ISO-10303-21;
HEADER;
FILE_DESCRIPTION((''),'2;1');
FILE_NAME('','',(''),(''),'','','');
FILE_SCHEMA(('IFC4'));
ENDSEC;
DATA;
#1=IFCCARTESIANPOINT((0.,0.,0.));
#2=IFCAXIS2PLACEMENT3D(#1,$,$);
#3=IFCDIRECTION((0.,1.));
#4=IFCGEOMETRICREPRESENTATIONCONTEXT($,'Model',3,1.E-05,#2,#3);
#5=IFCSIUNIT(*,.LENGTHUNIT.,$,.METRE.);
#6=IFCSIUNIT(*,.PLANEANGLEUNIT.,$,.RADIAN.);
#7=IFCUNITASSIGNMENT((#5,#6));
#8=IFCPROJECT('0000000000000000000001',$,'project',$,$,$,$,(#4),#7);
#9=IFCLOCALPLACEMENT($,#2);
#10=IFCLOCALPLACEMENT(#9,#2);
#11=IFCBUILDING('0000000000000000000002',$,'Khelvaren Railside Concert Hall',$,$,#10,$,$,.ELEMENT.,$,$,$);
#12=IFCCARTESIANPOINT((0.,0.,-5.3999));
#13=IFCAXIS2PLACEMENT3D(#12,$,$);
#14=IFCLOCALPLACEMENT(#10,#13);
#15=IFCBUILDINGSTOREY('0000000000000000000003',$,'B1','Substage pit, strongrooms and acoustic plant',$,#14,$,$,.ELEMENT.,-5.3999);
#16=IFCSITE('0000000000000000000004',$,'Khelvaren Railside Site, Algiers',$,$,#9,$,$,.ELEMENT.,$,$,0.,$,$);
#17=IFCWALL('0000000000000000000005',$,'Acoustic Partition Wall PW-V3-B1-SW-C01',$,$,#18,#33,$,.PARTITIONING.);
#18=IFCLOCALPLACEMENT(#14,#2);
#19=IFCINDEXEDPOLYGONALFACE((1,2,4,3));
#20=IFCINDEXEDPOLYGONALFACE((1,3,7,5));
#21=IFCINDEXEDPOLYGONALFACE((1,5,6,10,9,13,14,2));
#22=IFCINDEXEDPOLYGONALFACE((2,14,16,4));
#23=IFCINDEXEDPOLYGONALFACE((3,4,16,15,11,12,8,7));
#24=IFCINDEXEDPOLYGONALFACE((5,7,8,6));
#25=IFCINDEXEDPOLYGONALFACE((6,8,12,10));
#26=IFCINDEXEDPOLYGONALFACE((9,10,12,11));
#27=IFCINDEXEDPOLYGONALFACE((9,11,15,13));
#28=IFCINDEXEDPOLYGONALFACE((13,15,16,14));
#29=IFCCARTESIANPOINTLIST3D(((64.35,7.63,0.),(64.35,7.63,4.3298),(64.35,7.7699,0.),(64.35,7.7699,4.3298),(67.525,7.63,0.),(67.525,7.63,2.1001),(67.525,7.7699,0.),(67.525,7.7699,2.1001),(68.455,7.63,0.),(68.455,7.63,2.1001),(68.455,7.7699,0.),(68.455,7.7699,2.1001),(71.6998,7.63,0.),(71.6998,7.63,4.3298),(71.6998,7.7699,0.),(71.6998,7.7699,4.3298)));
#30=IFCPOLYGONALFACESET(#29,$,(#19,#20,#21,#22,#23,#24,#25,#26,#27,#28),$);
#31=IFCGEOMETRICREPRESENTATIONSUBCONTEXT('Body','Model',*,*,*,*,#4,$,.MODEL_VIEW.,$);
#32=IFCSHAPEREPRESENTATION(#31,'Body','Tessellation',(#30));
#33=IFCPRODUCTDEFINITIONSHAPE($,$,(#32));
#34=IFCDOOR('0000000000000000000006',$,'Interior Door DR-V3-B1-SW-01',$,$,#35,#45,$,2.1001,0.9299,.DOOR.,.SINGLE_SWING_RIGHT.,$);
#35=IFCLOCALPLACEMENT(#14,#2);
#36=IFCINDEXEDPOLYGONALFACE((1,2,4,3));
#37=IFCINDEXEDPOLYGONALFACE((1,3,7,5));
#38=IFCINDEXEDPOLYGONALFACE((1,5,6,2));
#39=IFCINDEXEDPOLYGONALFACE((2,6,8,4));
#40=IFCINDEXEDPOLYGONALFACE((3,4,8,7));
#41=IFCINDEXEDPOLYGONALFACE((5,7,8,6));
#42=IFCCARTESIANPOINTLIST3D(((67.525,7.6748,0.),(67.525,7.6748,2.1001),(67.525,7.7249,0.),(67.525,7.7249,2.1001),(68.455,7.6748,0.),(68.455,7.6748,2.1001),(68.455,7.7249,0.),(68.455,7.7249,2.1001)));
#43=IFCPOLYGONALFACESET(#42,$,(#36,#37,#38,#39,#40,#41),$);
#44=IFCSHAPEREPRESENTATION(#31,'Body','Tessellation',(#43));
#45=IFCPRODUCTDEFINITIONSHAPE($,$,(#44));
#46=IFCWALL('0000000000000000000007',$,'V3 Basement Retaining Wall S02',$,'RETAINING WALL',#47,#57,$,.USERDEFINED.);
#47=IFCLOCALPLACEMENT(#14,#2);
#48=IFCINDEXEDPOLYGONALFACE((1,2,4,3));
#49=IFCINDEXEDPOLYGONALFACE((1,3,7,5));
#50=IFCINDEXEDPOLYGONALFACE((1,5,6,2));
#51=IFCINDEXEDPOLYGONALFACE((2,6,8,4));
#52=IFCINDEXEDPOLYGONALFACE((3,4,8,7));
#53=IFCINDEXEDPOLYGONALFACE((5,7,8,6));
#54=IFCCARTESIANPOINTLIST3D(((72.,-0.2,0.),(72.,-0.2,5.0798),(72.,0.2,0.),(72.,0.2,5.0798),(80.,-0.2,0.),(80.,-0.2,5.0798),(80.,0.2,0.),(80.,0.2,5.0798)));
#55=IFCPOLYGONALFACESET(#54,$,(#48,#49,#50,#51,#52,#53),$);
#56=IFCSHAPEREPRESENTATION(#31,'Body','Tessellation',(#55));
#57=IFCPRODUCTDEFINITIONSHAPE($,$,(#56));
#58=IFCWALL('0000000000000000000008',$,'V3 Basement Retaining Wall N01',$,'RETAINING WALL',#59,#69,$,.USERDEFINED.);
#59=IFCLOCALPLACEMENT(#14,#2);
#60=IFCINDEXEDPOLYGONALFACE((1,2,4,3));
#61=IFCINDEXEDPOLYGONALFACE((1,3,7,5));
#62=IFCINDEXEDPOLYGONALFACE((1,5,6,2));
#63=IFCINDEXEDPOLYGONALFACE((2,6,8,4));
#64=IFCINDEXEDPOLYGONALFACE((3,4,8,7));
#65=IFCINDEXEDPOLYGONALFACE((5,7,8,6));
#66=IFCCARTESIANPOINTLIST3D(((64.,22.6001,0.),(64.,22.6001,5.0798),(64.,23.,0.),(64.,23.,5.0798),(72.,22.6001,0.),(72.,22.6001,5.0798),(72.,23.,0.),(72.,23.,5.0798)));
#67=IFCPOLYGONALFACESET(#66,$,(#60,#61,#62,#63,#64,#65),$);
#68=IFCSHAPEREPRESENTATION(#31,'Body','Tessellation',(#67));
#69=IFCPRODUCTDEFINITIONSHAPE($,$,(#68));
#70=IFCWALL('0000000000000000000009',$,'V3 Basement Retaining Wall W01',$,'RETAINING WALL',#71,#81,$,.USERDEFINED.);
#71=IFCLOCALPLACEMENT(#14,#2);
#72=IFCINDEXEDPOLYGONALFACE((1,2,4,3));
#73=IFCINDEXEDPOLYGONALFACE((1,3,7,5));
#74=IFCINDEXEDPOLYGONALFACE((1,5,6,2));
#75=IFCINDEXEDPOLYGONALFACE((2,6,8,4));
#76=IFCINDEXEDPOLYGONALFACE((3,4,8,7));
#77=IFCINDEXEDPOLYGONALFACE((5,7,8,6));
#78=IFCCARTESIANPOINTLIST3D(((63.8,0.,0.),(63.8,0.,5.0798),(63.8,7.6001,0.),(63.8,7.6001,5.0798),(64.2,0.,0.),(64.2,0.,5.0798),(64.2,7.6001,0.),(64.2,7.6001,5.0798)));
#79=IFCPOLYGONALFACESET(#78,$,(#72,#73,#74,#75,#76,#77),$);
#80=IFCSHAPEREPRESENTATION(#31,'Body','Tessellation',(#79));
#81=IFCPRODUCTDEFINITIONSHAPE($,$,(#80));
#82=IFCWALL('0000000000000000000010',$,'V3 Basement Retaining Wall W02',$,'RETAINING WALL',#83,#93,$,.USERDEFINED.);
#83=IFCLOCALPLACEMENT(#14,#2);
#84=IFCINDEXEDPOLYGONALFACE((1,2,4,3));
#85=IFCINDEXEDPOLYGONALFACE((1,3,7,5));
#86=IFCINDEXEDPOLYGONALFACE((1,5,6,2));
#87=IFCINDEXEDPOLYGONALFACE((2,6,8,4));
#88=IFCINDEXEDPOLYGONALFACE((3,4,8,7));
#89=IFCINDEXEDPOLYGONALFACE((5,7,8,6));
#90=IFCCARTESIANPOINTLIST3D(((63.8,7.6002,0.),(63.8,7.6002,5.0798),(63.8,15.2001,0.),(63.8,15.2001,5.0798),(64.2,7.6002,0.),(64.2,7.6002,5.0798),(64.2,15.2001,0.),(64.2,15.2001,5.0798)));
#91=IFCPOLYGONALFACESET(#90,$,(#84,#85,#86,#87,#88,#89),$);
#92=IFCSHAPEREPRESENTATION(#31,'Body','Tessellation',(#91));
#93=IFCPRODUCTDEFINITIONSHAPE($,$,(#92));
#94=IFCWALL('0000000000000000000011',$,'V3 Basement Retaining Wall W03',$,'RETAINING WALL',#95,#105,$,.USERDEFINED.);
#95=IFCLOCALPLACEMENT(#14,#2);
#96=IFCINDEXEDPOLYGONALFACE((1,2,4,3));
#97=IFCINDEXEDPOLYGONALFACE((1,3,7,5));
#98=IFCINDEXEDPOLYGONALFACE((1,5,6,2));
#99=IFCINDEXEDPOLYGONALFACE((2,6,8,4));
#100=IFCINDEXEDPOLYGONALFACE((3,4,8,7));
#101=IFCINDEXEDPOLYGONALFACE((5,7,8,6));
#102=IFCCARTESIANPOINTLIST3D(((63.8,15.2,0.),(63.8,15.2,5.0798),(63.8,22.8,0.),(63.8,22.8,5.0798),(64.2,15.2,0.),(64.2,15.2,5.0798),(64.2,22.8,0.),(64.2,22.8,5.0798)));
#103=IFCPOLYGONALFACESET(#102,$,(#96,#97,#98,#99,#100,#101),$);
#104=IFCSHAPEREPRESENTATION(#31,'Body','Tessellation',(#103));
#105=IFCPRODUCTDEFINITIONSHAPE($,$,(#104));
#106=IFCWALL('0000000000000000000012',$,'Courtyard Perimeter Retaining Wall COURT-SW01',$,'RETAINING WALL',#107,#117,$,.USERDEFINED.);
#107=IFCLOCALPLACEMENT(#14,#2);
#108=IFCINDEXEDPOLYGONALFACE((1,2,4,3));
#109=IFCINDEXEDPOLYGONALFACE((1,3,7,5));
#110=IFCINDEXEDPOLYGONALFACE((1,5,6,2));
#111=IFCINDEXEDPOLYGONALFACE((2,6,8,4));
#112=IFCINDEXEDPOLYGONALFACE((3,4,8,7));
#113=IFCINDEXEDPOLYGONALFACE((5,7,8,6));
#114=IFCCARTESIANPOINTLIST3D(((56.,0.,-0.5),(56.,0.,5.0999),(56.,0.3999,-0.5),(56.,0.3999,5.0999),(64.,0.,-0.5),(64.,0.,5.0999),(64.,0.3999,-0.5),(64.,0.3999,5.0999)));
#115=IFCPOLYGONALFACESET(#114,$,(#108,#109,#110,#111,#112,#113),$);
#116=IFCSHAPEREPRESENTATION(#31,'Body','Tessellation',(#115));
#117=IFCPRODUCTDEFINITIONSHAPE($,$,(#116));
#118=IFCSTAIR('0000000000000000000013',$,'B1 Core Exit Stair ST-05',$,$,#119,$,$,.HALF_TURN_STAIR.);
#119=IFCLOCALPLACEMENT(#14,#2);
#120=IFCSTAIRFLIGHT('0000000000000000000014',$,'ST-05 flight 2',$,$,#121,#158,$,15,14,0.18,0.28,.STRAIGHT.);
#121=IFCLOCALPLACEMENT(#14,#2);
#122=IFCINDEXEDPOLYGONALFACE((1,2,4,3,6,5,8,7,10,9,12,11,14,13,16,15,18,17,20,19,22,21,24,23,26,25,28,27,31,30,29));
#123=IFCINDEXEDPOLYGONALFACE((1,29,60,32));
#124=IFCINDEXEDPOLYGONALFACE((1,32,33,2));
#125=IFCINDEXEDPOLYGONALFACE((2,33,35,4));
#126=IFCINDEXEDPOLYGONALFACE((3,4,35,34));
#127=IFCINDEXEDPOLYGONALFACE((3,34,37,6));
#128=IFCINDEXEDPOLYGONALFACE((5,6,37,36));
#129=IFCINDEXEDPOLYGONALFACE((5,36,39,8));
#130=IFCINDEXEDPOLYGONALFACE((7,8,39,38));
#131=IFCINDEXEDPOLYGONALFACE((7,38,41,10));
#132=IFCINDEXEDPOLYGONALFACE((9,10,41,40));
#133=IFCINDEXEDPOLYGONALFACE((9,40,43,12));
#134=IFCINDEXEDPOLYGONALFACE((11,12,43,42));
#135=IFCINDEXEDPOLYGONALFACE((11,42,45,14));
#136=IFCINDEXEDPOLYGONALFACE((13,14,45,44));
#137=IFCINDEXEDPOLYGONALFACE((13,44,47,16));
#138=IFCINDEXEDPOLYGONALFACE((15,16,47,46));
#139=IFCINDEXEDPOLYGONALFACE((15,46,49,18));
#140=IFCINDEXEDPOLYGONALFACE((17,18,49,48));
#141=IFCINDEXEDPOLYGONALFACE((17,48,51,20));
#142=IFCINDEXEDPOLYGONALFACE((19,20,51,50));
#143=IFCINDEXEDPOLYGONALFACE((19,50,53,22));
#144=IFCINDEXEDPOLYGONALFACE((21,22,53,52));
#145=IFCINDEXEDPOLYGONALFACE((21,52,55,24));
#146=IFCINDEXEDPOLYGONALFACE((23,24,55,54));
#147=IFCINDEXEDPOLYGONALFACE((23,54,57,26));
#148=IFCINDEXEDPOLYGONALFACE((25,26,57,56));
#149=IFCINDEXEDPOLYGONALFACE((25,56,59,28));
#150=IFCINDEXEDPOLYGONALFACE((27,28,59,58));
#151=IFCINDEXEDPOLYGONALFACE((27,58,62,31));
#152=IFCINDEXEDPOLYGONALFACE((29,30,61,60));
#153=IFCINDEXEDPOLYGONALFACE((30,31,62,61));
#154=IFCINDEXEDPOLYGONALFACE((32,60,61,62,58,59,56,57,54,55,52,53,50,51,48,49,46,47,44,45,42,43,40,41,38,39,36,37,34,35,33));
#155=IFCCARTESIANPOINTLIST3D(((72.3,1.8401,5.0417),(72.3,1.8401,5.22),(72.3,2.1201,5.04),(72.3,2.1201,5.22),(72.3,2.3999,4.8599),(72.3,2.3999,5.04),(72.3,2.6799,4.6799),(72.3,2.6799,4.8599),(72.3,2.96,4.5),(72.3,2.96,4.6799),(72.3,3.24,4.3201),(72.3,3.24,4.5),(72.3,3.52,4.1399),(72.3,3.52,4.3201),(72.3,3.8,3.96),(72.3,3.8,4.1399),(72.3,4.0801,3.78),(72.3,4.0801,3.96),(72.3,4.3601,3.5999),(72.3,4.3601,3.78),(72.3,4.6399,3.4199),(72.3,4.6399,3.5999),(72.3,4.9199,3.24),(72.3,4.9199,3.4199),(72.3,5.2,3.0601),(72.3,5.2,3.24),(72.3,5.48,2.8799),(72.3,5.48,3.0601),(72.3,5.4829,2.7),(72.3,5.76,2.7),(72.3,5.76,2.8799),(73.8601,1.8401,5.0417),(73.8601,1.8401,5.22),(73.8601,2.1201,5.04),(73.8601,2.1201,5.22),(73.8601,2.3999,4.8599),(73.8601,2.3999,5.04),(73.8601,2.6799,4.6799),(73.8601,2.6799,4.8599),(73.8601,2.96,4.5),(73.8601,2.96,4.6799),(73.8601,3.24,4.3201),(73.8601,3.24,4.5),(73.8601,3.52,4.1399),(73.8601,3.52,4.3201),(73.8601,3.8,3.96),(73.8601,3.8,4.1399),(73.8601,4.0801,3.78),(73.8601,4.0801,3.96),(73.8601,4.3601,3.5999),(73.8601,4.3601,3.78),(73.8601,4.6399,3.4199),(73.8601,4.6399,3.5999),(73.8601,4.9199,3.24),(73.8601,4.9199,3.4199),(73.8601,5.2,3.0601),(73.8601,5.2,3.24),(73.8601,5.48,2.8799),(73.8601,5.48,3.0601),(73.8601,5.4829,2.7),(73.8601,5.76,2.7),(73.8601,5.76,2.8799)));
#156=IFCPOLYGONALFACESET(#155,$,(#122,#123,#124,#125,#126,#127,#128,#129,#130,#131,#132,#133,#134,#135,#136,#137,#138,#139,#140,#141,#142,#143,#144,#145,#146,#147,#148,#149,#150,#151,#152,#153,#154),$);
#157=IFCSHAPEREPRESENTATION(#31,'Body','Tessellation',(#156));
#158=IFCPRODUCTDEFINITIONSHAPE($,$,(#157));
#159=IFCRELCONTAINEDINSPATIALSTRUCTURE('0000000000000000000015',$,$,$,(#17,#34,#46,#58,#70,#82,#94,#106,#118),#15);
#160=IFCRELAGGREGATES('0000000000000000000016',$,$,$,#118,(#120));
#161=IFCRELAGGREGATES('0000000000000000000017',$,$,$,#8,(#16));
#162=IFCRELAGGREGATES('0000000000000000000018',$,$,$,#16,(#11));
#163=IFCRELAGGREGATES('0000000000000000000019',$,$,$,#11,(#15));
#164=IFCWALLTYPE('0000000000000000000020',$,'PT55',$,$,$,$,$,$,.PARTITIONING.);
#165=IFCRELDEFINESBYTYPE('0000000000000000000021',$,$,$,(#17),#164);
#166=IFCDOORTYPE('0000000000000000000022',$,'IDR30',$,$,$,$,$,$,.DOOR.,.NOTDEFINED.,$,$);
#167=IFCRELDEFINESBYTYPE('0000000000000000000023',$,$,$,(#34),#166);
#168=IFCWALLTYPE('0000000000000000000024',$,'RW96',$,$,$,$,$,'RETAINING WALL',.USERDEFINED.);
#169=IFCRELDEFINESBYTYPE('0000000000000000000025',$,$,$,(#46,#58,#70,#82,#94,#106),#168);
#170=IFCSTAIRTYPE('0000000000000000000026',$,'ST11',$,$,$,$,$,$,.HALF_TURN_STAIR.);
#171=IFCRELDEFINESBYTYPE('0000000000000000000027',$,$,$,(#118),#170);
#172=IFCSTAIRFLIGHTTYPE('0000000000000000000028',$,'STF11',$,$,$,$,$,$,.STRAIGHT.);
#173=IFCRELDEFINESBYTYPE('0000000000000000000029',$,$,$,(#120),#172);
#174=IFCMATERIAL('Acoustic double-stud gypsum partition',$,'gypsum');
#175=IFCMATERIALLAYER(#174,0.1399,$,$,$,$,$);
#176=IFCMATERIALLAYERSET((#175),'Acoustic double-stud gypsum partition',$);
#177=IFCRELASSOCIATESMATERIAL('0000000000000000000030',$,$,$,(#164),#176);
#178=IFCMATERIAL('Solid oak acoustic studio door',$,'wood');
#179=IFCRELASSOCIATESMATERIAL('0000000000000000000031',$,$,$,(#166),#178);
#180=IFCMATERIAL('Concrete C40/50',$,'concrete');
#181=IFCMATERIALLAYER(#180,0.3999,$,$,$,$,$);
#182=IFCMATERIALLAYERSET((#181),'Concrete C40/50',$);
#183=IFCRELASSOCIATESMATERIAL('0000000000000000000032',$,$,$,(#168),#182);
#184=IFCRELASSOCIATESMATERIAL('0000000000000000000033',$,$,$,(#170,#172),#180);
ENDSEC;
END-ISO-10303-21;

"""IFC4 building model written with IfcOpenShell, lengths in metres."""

from ifc_helpers import new_model, si_unit, direction, frame, frame_2d, origin, place, context, subcontext, project, spatial, polyline, rectangle, outline, extrude, material, layer, layer_set, type_object, element, fill, aggregate, save


model = new_model("IFC4")

# Units and contexts
model_context = context("Model", 3, precision=1e-05, world=origin(), true_north=direction((0.0, 1.0)))
body_context = subcontext(model_context, "Body", "Model", "MODEL_VIEW")
ifc_project = project(units=[si_unit("LENGTHUNIT", "METRE"), si_unit("PLANEANGLEUNIT", "RADIAN")], contexts=[model_context])

# Site, building, storey
site_placement = place(None, origin())
site = spatial("IfcSite", under=ifc_project, at=site_placement, Name="Khelvaren Railside Site, Algiers", CompositionType="ELEMENT", RefElevation=0.0)
building_placement = place(site_placement, origin())
building = spatial("IfcBuilding", under=site, at=building_placement, Name="Khelvaren Railside Concert Hall", CompositionType="ELEMENT")
storey_placement = place(building_placement, frame((0.0, 0.0, -5.3999)))
storey = spatial("IfcBuildingStorey", under=building, at=storey_placement, Name="B1", Description="Substage pit, strongrooms and acoustic plant", CompositionType="ELEMENT", Elevation=-5.3999)

# Shared definitions
ifc_material_1 = material(Name="Concrete C40/50", Category="concrete")

# Wall, opening, door
ifc_material_2 = material(Name="Acoustic double-stud gypsum partition", Category="gypsum")
ifc_layer_1 = layer(ifc_material_2, 0.1399)
ifc_layer_set_1 = layer_set([ifc_layer_1], Name="Acoustic double-stud gypsum partition")
wall_type_1 = type_object("IfcWallType", Name="PT55", PredefinedType="PARTITIONING", material=ifc_layer_set_1)
ifc_material_3 = material(Name="Solid oak acoustic studio door", Category="wood")
wall_1_placement = place(storey_placement, frame((64.3501, 7.7, 0.0), z_axis=(0.0, 0.0, 1.0), x_axis=(1.0, 0.0, 0.0)))
wall_1 = element("IfcWall", 1, at=wall_1_placement, inside=storey, type_object=wall_type_1, Name="Acoustic Partition Wall PW-V3-B1-SW-C01", PredefinedType="PARTITIONING", context=body_context, shape_type="SweptSolid", body=[
    extrude(rectangle(XDim=7.3499, YDim=0.1399, at=frame_2d((3.6748, 0.0))), origin(), (0.0, 0.0, 1.0), 4.3298),
])
opening_1_placement = place(wall_1_placement, frame((3.175, 0.0, 0.0)))
opening_1 = element("IfcOpeningElement", 2, at=opening_1_placement, cuts=wall_1, PredefinedType="OPENING", context=body_context, shape_type="SweptSolid", body=[
    extrude(rectangle(XDim=0.9299, YDim=2.1001, at=frame_2d((0.4648, 1.05))), frame((0.0, 0.0798, 0.0), z_axis=(0.0, -1.0, 0.0), x_axis=(1.0, 0.0, 0.0)), (0.0, 0.0, 1.0), 0.1599),
])
door_type_1 = type_object("IfcDoorType", Name="IDR30", OperationType="NOTDEFINED", PredefinedType="DOOR", material=ifc_material_3)
door_1_placement = place(opening_1_placement, origin())
door_1 = element("IfcDoor", 3, at=door_1_placement, inside=storey, type_object=door_type_1, Name="Interior Door DR-V3-B1-SW-01", OperationType="SINGLE_SWING_RIGHT", OverallHeight=2.1001, OverallWidth=0.9299, PredefinedType="DOOR", context=body_context, shape_type="SweptSolid", body=[
    extrude(rectangle(XDim=0.9299, YDim=2.1001, at=frame_2d((0.4648, 1.05))), frame((0.0, 0.0249, 0.0), z_axis=(0.0, -1.0, 0.0), x_axis=(1.0, 0.0, 0.0)), (0.0, 0.0, 1.0), 0.05),
])
fill(opening_1, door_1)

# Walls
ifc_layer_2 = layer(ifc_material_1, 0.3999)
ifc_layer_set_2 = layer_set([ifc_layer_2], Name="Concrete C40/50")
wall_type_2 = type_object("IfcWallType", Name="RW96", ElementType="RETAINING WALL", PredefinedType="USERDEFINED", material=ifc_layer_set_2)
for number, where, z_axis, x_axis, name in (
    (4, (72.0, 0.0, 0.0), (0.0, 0.0, 1.0), (1.0, 0.0, 0.0), "V3 Basement Retaining Wall S02"),
    (5, (72.0, 22.8, 0.0), (0.0, 0.0, 1.0), (-1.0, 0.0, 0.0), "V3 Basement Retaining Wall N01"),
):
    element("IfcWall", number, at=place(storey_placement, frame(where, z_axis=z_axis, x_axis=x_axis)), inside=storey, type_object=wall_type_2, Name=name, ObjectType="RETAINING WALL", PredefinedType="USERDEFINED", context=body_context, shape_type="SweptSolid", body=[
        extrude(rectangle(XDim=8.0, YDim=0.3999, at=frame_2d((4.0, 0.0))), origin(), (0.0, 0.0, 1.0), 5.0798),
    ])
wall_2_placement = place(storey_placement, frame((64.0, 7.6001, 0.0), z_axis=(0.0, 0.0, 1.0), x_axis=(0.0, -1.0, 0.0)))
element("IfcWall", 6, at=wall_2_placement, inside=storey, type_object=wall_type_2, Name="V3 Basement Retaining Wall W01", ObjectType="RETAINING WALL", PredefinedType="USERDEFINED", context=body_context, shape_type="SweptSolid", body=[
    extrude(rectangle(XDim=7.6001, YDim=0.3999, at=frame_2d((3.8, 0.0))), origin(), (0.0, 0.0, 1.0), 5.0798),
])
wall_3_placement = place(storey_placement, frame((64.0, 15.2, 0.0), z_axis=(0.0, 0.0, 1.0), x_axis=(0.0, -1.0, 0.0)))
element("IfcWall", 7, at=wall_3_placement, inside=storey, type_object=wall_type_2, Name="V3 Basement Retaining Wall W02", ObjectType="RETAINING WALL", PredefinedType="USERDEFINED", context=body_context, shape_type="SweptSolid", body=[
    extrude(rectangle(XDim=7.5999, YDim=0.3999, at=frame_2d((3.7998, 0.0))), origin(), (0.0, 0.0, 1.0), 5.0798),
])
wall_4_placement = place(storey_placement, frame((64.0, 22.8, 0.0), z_axis=(0.0, 0.0, 1.0), x_axis=(0.0, -1.0, 0.0)))
element("IfcWall", 8, at=wall_4_placement, inside=storey, type_object=wall_type_2, Name="V3 Basement Retaining Wall W03", ObjectType="RETAINING WALL", PredefinedType="USERDEFINED", context=body_context, shape_type="SweptSolid", body=[
    extrude(rectangle(XDim=7.6001, YDim=0.3999, at=frame_2d((3.8, 0.0))), origin(), (0.0, 0.0, 1.0), 5.0798),
])
wall_5_placement = place(storey_placement, frame((64.0, 0.2, -0.5), z_axis=(0.0, 0.0, 1.0), x_axis=(-1.0, 0.0, 0.0)))
element("IfcWall", 9, at=wall_5_placement, inside=storey, type_object=wall_type_2, Name="Courtyard Perimeter Retaining Wall COURT-SW01", ObjectType="RETAINING WALL", PredefinedType="USERDEFINED", context=body_context, shape_type="SweptSolid", body=[
    extrude(rectangle(XDim=8.0, YDim=0.3999, at=frame_2d((4.0, 0.0))), origin(), (0.0, 0.0, 1.0), 5.5999),
])

# Stair, stair flight
stair_type = type_object("IfcStairType", Name="ST11", PredefinedType="HALF_TURN_STAIR", material=ifc_material_1)
stair_placement = place(storey_placement, origin())
stair = element("IfcStair", 10, at=stair_placement, inside=storey, type_object=stair_type, Name="B1 Core Exit Stair ST-05", PredefinedType="HALF_TURN_STAIR")
stair_flight_type = type_object("IfcStairFlightType", Name="STF11", PredefinedType="STRAIGHT", material=ifc_material_1)
stair_flight_placement = place(storey_placement, frame((73.0801, 5.76, 2.7), z_axis=(0.0, 0.0, 1.0), x_axis=(0.0, -1.0, 0.0)))
stair_flight = element("IfcStairFlight", 11, at=stair_flight_placement, type_object=stair_flight_type, Name="ST-05 flight 2", NumberOfRisers=15, NumberOfTreads=14, PredefinedType="STRAIGHT", RiserHeight=0.18, TreadLength=0.28, context=body_context, shape_type="SweptSolid", body=[
    extrude(outline(polyline([(0.0, 0.0), (0.0, 0.1799), (0.28, 0.1799), (0.28, 0.3601), (0.5601, 0.3601), (0.5601, 0.54), (0.8401, 0.54), (0.8401, 0.72), (1.1201, 0.72), (1.1201, 0.8999), (1.3999, 0.8999), (1.3999, 1.0801), (1.6799, 1.0801), (1.6799, 1.26), (1.96, 1.26), (1.96, 1.4399), (2.24, 1.4399), (2.24, 1.6201), (2.52, 1.6201), (2.52, 1.8), (2.8, 1.8), (2.8, 1.98), (3.0801, 1.98), (3.0801, 2.1599), (3.3601, 2.1599), (3.3601, 2.3401), (3.6399, 2.3401), (3.6399, 2.52), (3.9199, 2.52), (3.9199, 2.7), (3.9199, 2.3418), (0.2771, 0.0), (0.0, 0.0)])), frame((0.0, 0.78, 0.0), z_axis=(0.0, -1.0, 0.0), x_axis=(1.0, 0.0, 0.0)), (0.0, 0.0, 1.0), 1.5601),
])
aggregate(stair, [stair_flight])

save(model, "model.ifc")
